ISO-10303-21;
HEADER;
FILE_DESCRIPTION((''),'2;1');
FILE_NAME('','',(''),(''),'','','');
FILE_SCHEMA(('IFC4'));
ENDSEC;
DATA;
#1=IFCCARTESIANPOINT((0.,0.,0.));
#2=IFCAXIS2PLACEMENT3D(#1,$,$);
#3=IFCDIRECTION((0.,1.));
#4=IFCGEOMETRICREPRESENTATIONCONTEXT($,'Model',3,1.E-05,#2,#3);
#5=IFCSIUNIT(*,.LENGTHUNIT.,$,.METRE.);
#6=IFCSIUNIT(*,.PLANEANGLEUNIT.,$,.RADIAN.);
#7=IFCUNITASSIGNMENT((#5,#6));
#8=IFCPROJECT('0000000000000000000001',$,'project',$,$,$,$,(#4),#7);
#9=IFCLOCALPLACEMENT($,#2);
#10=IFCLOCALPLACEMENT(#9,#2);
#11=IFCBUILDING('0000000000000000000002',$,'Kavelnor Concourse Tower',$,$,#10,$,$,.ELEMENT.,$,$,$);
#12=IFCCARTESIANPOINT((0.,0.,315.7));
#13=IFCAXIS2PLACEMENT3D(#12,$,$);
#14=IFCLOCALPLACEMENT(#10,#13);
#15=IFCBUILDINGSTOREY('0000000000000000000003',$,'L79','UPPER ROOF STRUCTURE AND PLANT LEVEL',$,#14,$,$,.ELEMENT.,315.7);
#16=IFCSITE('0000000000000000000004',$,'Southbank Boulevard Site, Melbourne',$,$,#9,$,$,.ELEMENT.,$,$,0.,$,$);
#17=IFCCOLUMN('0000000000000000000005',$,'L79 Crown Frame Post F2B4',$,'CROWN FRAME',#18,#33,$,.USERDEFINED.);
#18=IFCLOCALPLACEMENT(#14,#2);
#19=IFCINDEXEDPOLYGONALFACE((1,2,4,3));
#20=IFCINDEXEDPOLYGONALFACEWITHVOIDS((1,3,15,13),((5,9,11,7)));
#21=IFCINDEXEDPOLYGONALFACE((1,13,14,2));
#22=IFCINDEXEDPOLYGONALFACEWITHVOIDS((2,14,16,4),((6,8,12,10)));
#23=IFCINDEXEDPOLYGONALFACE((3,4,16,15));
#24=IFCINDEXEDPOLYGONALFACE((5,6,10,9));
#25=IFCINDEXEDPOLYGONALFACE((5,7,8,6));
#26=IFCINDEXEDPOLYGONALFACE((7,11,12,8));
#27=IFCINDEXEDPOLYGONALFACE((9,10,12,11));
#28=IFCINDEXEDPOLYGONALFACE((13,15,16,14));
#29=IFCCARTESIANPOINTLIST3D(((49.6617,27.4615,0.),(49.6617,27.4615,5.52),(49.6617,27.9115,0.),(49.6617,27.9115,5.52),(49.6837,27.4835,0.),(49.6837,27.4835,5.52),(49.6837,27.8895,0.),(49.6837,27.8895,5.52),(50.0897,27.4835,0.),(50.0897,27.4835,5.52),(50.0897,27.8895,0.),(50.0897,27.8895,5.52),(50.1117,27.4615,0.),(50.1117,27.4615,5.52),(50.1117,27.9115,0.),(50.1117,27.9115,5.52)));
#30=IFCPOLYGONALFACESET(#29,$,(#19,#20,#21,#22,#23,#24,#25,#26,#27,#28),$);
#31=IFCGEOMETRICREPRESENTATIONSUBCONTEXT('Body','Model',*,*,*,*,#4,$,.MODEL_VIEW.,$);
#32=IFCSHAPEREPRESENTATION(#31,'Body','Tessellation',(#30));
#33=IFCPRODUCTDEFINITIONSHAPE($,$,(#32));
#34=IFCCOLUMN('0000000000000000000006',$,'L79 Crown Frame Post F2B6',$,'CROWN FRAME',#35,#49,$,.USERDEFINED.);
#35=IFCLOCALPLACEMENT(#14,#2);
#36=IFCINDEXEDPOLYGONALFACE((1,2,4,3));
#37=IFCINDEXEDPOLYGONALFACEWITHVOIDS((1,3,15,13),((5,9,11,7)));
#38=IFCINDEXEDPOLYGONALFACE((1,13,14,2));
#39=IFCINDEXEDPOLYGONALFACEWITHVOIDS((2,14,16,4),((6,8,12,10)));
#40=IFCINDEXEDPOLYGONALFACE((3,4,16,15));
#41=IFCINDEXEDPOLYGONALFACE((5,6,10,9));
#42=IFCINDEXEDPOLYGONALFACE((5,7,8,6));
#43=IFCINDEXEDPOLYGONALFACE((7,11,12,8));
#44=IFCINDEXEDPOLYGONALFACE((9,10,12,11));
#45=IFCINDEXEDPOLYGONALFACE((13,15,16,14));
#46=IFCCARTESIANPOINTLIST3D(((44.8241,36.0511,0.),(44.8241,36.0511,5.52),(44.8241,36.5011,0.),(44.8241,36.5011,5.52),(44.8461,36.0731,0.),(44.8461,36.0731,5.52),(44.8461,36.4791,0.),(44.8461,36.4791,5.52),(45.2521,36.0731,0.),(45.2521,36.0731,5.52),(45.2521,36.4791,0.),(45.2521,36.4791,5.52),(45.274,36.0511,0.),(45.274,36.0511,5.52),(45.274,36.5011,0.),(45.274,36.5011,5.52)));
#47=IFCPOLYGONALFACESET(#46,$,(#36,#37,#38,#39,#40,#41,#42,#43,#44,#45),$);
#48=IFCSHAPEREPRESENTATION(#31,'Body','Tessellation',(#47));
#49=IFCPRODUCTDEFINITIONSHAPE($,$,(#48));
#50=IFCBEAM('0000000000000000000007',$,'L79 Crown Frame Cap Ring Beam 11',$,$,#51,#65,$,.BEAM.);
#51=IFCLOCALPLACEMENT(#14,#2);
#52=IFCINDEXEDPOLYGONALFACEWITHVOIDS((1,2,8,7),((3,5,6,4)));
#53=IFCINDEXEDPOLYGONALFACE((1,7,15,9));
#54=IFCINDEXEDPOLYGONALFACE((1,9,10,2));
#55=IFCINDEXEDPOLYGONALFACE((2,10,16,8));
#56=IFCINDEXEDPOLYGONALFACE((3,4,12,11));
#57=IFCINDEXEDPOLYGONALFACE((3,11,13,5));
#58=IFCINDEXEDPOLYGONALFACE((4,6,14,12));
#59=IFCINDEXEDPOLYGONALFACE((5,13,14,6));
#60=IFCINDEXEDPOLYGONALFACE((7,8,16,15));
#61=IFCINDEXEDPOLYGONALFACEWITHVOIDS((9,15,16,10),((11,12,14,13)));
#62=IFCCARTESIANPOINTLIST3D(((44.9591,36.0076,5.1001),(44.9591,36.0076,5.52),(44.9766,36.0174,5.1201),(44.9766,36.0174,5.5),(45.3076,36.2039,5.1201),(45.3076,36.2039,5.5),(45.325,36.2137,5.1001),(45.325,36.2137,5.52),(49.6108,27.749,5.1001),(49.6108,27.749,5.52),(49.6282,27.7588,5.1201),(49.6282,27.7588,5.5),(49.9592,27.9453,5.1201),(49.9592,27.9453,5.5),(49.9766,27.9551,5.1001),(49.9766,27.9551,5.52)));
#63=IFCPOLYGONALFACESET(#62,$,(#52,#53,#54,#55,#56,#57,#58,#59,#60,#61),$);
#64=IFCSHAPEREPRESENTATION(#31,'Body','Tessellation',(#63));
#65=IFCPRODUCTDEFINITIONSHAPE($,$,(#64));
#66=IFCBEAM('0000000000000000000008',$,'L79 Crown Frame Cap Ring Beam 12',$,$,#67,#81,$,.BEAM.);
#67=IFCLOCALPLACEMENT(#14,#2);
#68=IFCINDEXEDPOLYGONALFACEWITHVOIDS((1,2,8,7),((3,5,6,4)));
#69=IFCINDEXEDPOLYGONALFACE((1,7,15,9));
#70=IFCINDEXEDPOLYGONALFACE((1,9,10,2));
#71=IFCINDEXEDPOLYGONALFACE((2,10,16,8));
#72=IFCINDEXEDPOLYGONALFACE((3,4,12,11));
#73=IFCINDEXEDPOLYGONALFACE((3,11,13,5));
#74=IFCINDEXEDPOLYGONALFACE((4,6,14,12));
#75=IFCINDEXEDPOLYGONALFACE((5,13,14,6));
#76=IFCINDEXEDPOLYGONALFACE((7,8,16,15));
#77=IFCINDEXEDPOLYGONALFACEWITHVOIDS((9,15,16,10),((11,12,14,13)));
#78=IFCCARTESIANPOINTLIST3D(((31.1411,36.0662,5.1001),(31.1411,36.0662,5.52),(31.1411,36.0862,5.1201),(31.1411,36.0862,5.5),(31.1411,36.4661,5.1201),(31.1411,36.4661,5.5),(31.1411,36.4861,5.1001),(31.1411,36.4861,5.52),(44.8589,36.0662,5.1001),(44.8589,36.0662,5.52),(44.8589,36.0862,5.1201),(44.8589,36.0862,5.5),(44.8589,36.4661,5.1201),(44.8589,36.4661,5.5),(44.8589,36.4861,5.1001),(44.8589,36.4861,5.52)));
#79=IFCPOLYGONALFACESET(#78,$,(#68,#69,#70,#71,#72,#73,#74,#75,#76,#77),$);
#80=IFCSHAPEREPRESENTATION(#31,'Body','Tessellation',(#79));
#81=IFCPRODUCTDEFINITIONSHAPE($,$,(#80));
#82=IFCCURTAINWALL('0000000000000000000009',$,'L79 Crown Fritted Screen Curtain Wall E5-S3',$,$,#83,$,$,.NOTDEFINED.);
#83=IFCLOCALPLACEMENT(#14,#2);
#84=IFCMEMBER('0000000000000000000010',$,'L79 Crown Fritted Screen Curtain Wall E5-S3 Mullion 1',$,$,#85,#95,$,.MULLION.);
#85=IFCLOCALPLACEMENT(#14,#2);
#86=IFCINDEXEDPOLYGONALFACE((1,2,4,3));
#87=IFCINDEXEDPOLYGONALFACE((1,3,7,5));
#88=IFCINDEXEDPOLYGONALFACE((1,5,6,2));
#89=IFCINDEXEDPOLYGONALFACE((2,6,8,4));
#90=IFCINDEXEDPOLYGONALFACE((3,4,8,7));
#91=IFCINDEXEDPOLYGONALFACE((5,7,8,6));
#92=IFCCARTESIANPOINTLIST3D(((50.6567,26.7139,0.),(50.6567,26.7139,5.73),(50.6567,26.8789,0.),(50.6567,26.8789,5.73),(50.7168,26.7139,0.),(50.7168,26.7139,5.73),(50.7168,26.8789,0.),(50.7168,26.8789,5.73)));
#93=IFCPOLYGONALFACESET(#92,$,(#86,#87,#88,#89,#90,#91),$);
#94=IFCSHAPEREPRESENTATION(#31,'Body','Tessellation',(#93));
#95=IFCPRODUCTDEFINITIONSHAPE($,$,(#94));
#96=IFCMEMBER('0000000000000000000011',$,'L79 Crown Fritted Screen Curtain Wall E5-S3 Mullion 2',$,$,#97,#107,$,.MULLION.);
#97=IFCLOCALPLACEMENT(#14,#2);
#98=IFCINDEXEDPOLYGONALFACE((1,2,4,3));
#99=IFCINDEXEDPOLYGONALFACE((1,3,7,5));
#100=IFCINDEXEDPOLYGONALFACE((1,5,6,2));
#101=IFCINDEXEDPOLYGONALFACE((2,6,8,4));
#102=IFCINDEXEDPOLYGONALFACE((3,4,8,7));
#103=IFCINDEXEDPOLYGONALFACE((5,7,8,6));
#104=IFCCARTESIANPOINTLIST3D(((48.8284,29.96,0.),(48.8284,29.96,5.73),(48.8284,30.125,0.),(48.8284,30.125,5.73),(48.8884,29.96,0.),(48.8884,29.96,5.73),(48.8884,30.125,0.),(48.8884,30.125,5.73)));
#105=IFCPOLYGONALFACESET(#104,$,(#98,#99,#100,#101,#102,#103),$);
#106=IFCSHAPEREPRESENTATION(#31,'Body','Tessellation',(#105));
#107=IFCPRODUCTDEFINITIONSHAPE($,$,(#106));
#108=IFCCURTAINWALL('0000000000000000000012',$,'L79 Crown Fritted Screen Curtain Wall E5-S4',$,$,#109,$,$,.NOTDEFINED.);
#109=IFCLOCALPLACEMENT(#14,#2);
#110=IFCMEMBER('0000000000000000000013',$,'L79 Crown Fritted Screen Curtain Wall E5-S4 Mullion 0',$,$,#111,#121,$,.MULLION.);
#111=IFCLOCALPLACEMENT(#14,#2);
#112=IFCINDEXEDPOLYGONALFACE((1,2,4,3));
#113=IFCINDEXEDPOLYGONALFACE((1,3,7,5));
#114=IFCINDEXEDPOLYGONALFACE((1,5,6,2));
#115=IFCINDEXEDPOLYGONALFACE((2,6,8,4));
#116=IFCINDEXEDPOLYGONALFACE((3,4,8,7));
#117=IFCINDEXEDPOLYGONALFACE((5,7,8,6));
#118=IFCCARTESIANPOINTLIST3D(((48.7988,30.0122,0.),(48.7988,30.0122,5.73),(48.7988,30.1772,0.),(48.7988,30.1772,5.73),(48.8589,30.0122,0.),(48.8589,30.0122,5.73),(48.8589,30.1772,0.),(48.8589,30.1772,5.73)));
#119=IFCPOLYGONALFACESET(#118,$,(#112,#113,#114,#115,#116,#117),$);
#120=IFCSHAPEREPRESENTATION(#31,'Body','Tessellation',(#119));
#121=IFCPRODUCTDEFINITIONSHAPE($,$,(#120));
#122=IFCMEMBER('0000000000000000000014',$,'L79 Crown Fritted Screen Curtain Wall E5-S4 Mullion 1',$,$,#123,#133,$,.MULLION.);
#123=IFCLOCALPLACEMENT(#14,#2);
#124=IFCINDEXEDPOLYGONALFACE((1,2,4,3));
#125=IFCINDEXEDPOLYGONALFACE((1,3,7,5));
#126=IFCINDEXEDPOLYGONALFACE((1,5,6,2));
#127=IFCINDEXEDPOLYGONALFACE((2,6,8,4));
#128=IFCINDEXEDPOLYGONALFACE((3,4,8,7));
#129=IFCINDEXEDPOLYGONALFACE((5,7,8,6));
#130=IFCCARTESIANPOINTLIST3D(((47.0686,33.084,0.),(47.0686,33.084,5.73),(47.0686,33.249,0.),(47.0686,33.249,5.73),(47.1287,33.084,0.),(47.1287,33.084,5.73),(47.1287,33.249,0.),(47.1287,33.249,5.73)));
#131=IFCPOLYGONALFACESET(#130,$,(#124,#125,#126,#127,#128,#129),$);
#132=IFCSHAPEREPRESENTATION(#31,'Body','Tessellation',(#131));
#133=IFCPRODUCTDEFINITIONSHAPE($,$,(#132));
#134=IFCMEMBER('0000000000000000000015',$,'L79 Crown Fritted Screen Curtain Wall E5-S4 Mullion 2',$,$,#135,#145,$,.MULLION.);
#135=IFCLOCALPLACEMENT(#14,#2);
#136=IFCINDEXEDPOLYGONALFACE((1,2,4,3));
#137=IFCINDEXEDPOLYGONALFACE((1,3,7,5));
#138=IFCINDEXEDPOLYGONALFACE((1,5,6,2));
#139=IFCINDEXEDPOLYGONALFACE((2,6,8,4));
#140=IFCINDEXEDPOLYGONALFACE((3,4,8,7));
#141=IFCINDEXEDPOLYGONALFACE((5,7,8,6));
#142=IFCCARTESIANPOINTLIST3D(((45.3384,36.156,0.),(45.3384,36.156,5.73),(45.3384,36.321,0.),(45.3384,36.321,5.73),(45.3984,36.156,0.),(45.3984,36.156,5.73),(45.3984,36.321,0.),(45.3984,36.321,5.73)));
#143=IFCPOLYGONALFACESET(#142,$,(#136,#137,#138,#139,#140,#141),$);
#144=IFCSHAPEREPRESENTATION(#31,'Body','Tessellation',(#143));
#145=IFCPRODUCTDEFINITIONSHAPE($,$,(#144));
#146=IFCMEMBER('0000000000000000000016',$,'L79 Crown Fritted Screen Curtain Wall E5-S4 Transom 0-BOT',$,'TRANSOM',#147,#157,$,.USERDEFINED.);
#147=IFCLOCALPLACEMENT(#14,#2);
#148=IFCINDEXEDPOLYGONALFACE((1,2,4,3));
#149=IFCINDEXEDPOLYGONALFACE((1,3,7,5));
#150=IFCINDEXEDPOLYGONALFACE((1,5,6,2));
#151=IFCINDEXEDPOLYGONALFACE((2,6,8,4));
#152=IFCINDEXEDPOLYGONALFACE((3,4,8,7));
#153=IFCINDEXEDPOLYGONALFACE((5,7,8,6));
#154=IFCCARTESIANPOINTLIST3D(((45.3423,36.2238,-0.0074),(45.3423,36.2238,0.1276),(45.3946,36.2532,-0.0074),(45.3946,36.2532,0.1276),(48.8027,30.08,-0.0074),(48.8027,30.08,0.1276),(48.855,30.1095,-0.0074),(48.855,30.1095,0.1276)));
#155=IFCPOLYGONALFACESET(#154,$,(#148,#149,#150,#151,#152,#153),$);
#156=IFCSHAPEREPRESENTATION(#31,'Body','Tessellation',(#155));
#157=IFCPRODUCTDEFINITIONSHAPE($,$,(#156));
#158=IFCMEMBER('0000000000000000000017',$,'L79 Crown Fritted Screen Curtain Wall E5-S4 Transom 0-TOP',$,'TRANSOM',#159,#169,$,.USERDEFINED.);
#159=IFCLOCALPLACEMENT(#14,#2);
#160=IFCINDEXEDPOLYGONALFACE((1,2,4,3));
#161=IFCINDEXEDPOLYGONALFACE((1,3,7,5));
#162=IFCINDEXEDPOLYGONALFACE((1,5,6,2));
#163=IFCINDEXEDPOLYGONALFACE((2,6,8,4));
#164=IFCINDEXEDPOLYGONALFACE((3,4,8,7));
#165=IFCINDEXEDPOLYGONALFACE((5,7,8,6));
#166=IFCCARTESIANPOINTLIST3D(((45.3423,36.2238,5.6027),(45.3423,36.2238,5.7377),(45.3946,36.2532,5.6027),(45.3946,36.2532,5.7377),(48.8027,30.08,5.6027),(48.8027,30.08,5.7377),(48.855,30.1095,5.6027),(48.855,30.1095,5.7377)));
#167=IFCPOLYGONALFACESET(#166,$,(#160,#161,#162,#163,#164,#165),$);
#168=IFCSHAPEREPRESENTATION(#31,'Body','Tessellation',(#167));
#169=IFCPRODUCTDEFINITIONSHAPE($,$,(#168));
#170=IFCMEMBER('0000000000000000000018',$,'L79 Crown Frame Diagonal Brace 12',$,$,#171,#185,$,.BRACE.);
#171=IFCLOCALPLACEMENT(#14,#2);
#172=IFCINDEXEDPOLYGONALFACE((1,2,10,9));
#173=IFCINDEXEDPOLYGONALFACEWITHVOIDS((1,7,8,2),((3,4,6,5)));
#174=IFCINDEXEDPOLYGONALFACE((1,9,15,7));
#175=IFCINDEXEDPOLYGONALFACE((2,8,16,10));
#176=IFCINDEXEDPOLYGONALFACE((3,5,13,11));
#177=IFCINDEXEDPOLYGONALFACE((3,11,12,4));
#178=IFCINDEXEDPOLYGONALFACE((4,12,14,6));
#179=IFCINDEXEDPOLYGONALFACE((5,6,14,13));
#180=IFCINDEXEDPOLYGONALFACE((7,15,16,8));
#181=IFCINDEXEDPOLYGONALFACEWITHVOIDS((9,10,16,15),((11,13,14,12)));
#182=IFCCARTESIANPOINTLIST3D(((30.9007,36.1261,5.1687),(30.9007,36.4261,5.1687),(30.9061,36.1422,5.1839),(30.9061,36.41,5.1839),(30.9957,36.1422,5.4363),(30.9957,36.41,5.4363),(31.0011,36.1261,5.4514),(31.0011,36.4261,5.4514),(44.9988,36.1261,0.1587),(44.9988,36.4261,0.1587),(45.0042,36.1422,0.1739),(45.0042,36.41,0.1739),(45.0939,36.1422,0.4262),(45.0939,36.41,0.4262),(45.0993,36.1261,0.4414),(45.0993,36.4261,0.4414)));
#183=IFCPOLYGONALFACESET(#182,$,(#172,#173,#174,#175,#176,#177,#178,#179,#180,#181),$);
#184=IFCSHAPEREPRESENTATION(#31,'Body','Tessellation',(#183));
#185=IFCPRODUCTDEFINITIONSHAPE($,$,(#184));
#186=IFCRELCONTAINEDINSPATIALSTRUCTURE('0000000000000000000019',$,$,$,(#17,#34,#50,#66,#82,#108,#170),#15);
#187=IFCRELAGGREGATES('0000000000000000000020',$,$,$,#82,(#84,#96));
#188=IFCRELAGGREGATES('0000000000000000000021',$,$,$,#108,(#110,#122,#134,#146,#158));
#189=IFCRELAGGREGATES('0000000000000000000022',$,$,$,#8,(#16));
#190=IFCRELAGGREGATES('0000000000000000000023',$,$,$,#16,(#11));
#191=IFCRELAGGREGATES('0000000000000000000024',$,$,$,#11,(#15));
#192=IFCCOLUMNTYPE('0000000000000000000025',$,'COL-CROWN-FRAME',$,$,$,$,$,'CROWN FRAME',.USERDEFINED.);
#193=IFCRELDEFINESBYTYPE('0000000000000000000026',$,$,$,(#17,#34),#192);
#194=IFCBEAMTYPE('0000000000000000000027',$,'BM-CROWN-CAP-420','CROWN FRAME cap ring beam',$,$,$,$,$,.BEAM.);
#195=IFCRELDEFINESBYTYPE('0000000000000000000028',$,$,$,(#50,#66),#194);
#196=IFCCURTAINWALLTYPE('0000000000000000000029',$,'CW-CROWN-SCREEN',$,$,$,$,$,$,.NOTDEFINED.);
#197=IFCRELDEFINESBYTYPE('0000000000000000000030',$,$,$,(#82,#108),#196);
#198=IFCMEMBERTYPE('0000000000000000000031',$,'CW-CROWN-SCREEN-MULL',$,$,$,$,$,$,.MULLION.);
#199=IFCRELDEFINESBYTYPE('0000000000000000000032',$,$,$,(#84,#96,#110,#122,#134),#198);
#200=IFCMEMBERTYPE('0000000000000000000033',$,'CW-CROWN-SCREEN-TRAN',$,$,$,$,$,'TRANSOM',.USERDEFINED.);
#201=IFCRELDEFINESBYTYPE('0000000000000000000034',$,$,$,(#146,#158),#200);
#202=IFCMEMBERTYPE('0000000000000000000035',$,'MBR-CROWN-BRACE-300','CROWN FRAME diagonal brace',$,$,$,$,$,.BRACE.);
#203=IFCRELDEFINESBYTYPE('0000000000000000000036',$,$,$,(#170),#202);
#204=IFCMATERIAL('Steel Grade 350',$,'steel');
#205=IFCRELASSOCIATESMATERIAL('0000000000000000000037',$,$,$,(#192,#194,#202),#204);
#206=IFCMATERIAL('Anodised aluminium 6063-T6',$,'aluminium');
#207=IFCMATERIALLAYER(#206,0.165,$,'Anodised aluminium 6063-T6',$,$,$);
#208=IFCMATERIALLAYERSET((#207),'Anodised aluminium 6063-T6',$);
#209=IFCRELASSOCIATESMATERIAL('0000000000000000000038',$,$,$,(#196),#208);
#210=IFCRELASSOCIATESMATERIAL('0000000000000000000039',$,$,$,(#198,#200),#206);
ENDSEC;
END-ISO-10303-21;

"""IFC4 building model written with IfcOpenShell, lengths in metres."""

from ifc_helpers import new_model, si_unit, direction, frame, origin, origin_2d, place, context, subcontext, project, spatial, rectangle, hollow_rectangle, extrude, material, layer, layer_set, material_profile, profile_set, type_object, element, aggregate, save


model = new_model("IFC4")

# Units and contexts
model_context = context("Model", 3, precision=1e-05, world=origin(), true_north=direction((0.0, 1.0)))
body_context = subcontext(model_context, "Body", "Model", "MODEL_VIEW")
ifc_project = project(units=[si_unit("LENGTHUNIT", "METRE"), si_unit("PLANEANGLEUNIT", "RADIAN")], contexts=[model_context])

# Site, building, storey
site_placement = place(None, origin())
site = spatial("IfcSite", under=ifc_project, at=site_placement, Name="Southbank Boulevard Site, Melbourne", CompositionType="ELEMENT", RefElevation=0.0)
building_placement = place(site_placement, origin())
building = spatial("IfcBuilding", under=site, at=building_placement, Name="Kavelnor Concourse Tower", CompositionType="ELEMENT")
storey_placement = place(building_placement, frame((0.0, 0.0, 315.7)))
storey = spatial("IfcBuildingStorey", under=building, at=storey_placement, Name="L79", Description="UPPER ROOF STRUCTURE AND PLANT LEVEL", CompositionType="ELEMENT", Elevation=315.7)

# Columns
ifc_material_1 = material(Name="Steel Grade 350", Category="steel")
ifc_material_profile_1 = material_profile(ifc_material_1, hollow_rectangle(XDim=0.45, YDim=0.45, WallThickness=0.022, at=origin_2d()), Name="SHS 450x450x22")
ifc_profile_set_1 = profile_set([ifc_material_profile_1], Name="Steel Grade 350")
column_type = type_object("IfcColumnType", Name="COL-CROWN-FRAME", ElementType="CROWN FRAME", PredefinedType="USERDEFINED", material=ifc_profile_set_1)
for number, where, z_axis, x_axis, name in (
    (1, (49.8867, 27.6865, 0.0), (0.0, 0.0, 1.0), (1.0, 0.0, 0.0), "L79 Crown Frame Post F2B4"),
    (2, (45.0491, 36.2761, 0.0), (0.0, 0.0, 1.0), (1.0, 0.0, 0.0), "L79 Crown Frame Post F2B6"),
):
    element("IfcColumn", number, at=place(storey_placement, frame(where, z_axis=z_axis, x_axis=x_axis)), inside=storey, type_object=column_type, Name=name, ObjectType="CROWN FRAME", PredefinedType="USERDEFINED", context=body_context, shape_type="SweptSolid", body=[
        extrude(hollow_rectangle(XDim=0.45, YDim=0.45, WallThickness=0.022, at=origin_2d()), origin(), (0.0, 0.0, 1.0), 5.52),
    ])

# Beams
ifc_material_profile_2 = material_profile(ifc_material_1, hollow_rectangle(XDim=0.4199, YDim=0.4199, WallThickness=0.02, at=origin_2d()), Name="RHS 420x420x20")
ifc_profile_set_2 = profile_set([ifc_material_profile_2], Name="Steel Grade 350")
beam_type = type_object("IfcBeamType", Name="BM-CROWN-CAP-420", Description="CROWN FRAME cap ring beam", PredefinedType="BEAM", material=ifc_profile_set_2)
beam_1_placement = place(storey_placement, frame((49.7937, 27.8521, 5.3101), z_axis=(-0.490756, 0.871297, 0.0), x_axis=(-0.871297, -0.490756, 0.0)))
element("IfcBeam", 3, at=beam_1_placement, inside=storey, type_object=beam_type, Name="L79 Crown Frame Cap Ring Beam 11", PredefinedType="BEAM", context=body_context, shape_type="SweptSolid", body=[
    extrude(hollow_rectangle(XDim=0.4199, YDim=0.4199, WallThickness=0.02, at=origin_2d()), origin(), (0.0, 0.0, 1.0), 9.4785),
])
beam_2_placement = place(storey_placement, frame((44.8589, 36.2761, 5.3101), z_axis=(-1.0, 0.0, 0.0), x_axis=(0.0, -1.0, 0.0)))
element("IfcBeam", 4, at=beam_2_placement, inside=storey, type_object=beam_type, Name="L79 Crown Frame Cap Ring Beam 12", PredefinedType="BEAM", context=body_context, shape_type="SweptSolid", body=[
    extrude(hollow_rectangle(XDim=0.4199, YDim=0.4199, WallThickness=0.02, at=origin_2d()), origin(), (0.0, 0.0, 1.0), 13.7178),
])

# Curtain walls, members
ifc_material_2 = material(Name="Anodised aluminium 6063-T6", Category="aluminium")
ifc_layer_1 = layer(ifc_material_2, 0.165, Name="Anodised aluminium 6063-T6")
ifc_layer_set_1 = layer_set([ifc_layer_1], Name="Anodised aluminium 6063-T6")
curtain_wall_type = type_object("IfcCurtainWallType", Name="CW-CROWN-SCREEN", PredefinedType="NOTDEFINED", material=ifc_layer_set_1)
curtain_wall_1_placement = place(storey_placement, origin())
curtain_wall_1 = element("IfcCurtainWall", 5, at=curtain_wall_1_placement, inside=storey, type_object=curtain_wall_type, Name="L79 Crown Fritted Screen Curtain Wall E5-S3", PredefinedType="NOTDEFINED")
ifc_material_profile_3 = material_profile(ifc_material_2, rectangle(XDim=0.0601, YDim=0.165, at=origin_2d()), Name="AL-MULL 60x165")
ifc_profile_set_3 = profile_set([ifc_material_profile_3], Name="Anodised aluminium 6063-T6")
member_type_1 = type_object("IfcMemberType", Name="CW-CROWN-SCREEN-MULL", PredefinedType="MULLION", material=ifc_profile_set_3)
member_1_placement = place(storey_placement, frame((50.6868, 26.7964, 0.0), z_axis=(0.0, 0.0, 1.0), x_axis=(1.0, 0.0, 0.0)))
member_1 = element("IfcMember", 6, at=member_1_placement, type_object=member_type_1, Name="L79 Crown Fritted Screen Curtain Wall E5-S3 Mullion 1", PredefinedType="MULLION", context=body_context, shape_type="SweptSolid", body=[
    extrude(rectangle(XDim=0.0601, YDim=0.165, at=origin_2d()), origin(), (0.0, 0.0, 1.0), 5.73),
])
member_2_placement = place(storey_placement, frame((48.8584, 30.0425, 0.0), z_axis=(0.0, 0.0, 1.0), x_axis=(1.0, 0.0, 0.0)))
member_2 = element("IfcMember", 7, at=member_2_placement, type_object=member_type_1, Name="L79 Crown Fritted Screen Curtain Wall E5-S3 Mullion 2", PredefinedType="MULLION", context=body_context, shape_type="SweptSolid", body=[
    extrude(rectangle(XDim=0.0601, YDim=0.165, at=origin_2d()), origin(), (0.0, 0.0, 1.0), 5.73),
])
curtain_wall_2_placement = place(storey_placement, origin())
curtain_wall_2 = element("IfcCurtainWall", 8, at=curtain_wall_2_placement, inside=storey, type_object=curtain_wall_type, Name="L79 Crown Fritted Screen Curtain Wall E5-S4", PredefinedType="NOTDEFINED")
member_3_placement = place(storey_placement, frame((48.8289, 30.0947, 0.0), z_axis=(0.0, 0.0, 1.0), x_axis=(1.0, 0.0, 0.0)))
member_3 = element("IfcMember", 9, at=member_3_placement, type_object=member_type_1, Name="L79 Crown Fritted Screen Curtain Wall E5-S4 Mullion 0", PredefinedType="MULLION", context=body_context, shape_type="SweptSolid", body=[
    extrude(rectangle(XDim=0.0601, YDim=0.165, at=origin_2d()), origin(), (0.0, 0.0, 1.0), 5.73),
])
member_4_placement = place(storey_placement, frame((47.0986, 33.1665, 0.0), z_axis=(0.0, 0.0, 1.0), x_axis=(1.0, 0.0, 0.0)))
member_4 = element("IfcMember", 10, at=member_4_placement, type_object=member_type_1, Name="L79 Crown Fritted Screen Curtain Wall E5-S4 Mullion 1", PredefinedType="MULLION", context=body_context, shape_type="SweptSolid", body=[
    extrude(rectangle(XDim=0.0601, YDim=0.165, at=origin_2d()), origin(), (0.0, 0.0, 1.0), 5.73),
])
member_5_placement = place(storey_placement, frame((45.3684, 36.2385, 0.0), z_axis=(0.0, 0.0, 1.0), x_axis=(1.0, 0.0, 0.0)))
member_5 = element("IfcMember", 11, at=member_5_placement, type_object=member_type_1, Name="L79 Crown Fritted Screen Curtain Wall E5-S4 Mullion 2", PredefinedType="MULLION", context=body_context, shape_type="SweptSolid", body=[
    extrude(rectangle(XDim=0.0601, YDim=0.165, at=origin_2d()), origin(), (0.0, 0.0, 1.0), 5.73),
])
ifc_material_profile_4 = material_profile(ifc_material_2, rectangle(XDim=0.0601, YDim=0.135, at=origin_2d()), Name="AL-TRAN 60x135")
ifc_profile_set_4 = profile_set([ifc_material_profile_4], Name="Anodised aluminium 6063-T6")
member_type_2 = type_object("IfcMemberType", Name="CW-CROWN-SCREEN-TRAN", ElementType="TRANSOM", PredefinedType="USERDEFINED", material=ifc_profile_set_4)
member_6_placement = place(storey_placement, frame((48.8289, 30.0947, 0.0601), z_axis=(-0.490753, 0.871299, 0.0), x_axis=(-0.871299, -0.490753, 0.0)))
member_6 = element("IfcMember", 12, at=member_6_placement, type_object=member_type_2, Name="L79 Crown Fritted Screen Curtain Wall E5-S4 Transom 0-BOT", ObjectType="TRANSOM", PredefinedType="USERDEFINED", context=body_context, shape_type="SweptSolid", body=[
    extrude(rectangle(XDim=0.0601, YDim=0.135, at=origin_2d()), origin(), (0.0, 0.0, 1.0), 7.0513),
])
member_7_placement = place(storey_placement, frame((48.8289, 30.0947, 5.6702), z_axis=(-0.490753, 0.871299, 0.0), x_axis=(-0.871299, -0.490753, 0.0)))
member_7 = element("IfcMember", 13, at=member_7_placement, type_object=member_type_2, Name="L79 Crown Fritted Screen Curtain Wall E5-S4 Transom 0-TOP", ObjectType="TRANSOM", PredefinedType="USERDEFINED", context=body_context, shape_type="SweptSolid", body=[
    extrude(rectangle(XDim=0.0601, YDim=0.135, at=origin_2d()), origin(), (0.0, 0.0, 1.0), 7.0513),
])

# Member
ifc_material_profile_5 = material_profile(ifc_material_1, hollow_rectangle(XDim=0.3, YDim=0.3, WallThickness=0.0161, at=origin_2d()), Name="SHS 300x300x16")
ifc_profile_set_5 = profile_set([ifc_material_profile_5], Name="Steel Grade 350")
member_type_3 = type_object("IfcMemberType", Name="MBR-CROWN-BRACE-300", Description="CROWN FRAME diagonal brace", PredefinedType="BRACE", material=ifc_profile_set_5)
member_8_placement = place(storey_placement, frame((45.0491, 36.2761, 0.3), z_axis=(-0.942271, 0.0, 0.334852), x_axis=(0.0, -1.0, 0.0)))
element("IfcMember", 14, at=member_8_placement, inside=storey, type_object=member_type_3, Name="L79 Crown Frame Diagonal Brace 12", PredefinedType="BRACE", context=body_context, shape_type="SweptSolid", body=[
    extrude(hollow_rectangle(XDim=0.3, YDim=0.3, WallThickness=0.0161, at=origin_2d()), origin(), (0.0, 0.0, 1.0), 14.9619),
])

aggregate(curtain_wall_1, [member_1, member_2])
aggregate(curtain_wall_2, [member_3, member_4, member_5, member_6, member_7])

save(model, "model.ifc")
